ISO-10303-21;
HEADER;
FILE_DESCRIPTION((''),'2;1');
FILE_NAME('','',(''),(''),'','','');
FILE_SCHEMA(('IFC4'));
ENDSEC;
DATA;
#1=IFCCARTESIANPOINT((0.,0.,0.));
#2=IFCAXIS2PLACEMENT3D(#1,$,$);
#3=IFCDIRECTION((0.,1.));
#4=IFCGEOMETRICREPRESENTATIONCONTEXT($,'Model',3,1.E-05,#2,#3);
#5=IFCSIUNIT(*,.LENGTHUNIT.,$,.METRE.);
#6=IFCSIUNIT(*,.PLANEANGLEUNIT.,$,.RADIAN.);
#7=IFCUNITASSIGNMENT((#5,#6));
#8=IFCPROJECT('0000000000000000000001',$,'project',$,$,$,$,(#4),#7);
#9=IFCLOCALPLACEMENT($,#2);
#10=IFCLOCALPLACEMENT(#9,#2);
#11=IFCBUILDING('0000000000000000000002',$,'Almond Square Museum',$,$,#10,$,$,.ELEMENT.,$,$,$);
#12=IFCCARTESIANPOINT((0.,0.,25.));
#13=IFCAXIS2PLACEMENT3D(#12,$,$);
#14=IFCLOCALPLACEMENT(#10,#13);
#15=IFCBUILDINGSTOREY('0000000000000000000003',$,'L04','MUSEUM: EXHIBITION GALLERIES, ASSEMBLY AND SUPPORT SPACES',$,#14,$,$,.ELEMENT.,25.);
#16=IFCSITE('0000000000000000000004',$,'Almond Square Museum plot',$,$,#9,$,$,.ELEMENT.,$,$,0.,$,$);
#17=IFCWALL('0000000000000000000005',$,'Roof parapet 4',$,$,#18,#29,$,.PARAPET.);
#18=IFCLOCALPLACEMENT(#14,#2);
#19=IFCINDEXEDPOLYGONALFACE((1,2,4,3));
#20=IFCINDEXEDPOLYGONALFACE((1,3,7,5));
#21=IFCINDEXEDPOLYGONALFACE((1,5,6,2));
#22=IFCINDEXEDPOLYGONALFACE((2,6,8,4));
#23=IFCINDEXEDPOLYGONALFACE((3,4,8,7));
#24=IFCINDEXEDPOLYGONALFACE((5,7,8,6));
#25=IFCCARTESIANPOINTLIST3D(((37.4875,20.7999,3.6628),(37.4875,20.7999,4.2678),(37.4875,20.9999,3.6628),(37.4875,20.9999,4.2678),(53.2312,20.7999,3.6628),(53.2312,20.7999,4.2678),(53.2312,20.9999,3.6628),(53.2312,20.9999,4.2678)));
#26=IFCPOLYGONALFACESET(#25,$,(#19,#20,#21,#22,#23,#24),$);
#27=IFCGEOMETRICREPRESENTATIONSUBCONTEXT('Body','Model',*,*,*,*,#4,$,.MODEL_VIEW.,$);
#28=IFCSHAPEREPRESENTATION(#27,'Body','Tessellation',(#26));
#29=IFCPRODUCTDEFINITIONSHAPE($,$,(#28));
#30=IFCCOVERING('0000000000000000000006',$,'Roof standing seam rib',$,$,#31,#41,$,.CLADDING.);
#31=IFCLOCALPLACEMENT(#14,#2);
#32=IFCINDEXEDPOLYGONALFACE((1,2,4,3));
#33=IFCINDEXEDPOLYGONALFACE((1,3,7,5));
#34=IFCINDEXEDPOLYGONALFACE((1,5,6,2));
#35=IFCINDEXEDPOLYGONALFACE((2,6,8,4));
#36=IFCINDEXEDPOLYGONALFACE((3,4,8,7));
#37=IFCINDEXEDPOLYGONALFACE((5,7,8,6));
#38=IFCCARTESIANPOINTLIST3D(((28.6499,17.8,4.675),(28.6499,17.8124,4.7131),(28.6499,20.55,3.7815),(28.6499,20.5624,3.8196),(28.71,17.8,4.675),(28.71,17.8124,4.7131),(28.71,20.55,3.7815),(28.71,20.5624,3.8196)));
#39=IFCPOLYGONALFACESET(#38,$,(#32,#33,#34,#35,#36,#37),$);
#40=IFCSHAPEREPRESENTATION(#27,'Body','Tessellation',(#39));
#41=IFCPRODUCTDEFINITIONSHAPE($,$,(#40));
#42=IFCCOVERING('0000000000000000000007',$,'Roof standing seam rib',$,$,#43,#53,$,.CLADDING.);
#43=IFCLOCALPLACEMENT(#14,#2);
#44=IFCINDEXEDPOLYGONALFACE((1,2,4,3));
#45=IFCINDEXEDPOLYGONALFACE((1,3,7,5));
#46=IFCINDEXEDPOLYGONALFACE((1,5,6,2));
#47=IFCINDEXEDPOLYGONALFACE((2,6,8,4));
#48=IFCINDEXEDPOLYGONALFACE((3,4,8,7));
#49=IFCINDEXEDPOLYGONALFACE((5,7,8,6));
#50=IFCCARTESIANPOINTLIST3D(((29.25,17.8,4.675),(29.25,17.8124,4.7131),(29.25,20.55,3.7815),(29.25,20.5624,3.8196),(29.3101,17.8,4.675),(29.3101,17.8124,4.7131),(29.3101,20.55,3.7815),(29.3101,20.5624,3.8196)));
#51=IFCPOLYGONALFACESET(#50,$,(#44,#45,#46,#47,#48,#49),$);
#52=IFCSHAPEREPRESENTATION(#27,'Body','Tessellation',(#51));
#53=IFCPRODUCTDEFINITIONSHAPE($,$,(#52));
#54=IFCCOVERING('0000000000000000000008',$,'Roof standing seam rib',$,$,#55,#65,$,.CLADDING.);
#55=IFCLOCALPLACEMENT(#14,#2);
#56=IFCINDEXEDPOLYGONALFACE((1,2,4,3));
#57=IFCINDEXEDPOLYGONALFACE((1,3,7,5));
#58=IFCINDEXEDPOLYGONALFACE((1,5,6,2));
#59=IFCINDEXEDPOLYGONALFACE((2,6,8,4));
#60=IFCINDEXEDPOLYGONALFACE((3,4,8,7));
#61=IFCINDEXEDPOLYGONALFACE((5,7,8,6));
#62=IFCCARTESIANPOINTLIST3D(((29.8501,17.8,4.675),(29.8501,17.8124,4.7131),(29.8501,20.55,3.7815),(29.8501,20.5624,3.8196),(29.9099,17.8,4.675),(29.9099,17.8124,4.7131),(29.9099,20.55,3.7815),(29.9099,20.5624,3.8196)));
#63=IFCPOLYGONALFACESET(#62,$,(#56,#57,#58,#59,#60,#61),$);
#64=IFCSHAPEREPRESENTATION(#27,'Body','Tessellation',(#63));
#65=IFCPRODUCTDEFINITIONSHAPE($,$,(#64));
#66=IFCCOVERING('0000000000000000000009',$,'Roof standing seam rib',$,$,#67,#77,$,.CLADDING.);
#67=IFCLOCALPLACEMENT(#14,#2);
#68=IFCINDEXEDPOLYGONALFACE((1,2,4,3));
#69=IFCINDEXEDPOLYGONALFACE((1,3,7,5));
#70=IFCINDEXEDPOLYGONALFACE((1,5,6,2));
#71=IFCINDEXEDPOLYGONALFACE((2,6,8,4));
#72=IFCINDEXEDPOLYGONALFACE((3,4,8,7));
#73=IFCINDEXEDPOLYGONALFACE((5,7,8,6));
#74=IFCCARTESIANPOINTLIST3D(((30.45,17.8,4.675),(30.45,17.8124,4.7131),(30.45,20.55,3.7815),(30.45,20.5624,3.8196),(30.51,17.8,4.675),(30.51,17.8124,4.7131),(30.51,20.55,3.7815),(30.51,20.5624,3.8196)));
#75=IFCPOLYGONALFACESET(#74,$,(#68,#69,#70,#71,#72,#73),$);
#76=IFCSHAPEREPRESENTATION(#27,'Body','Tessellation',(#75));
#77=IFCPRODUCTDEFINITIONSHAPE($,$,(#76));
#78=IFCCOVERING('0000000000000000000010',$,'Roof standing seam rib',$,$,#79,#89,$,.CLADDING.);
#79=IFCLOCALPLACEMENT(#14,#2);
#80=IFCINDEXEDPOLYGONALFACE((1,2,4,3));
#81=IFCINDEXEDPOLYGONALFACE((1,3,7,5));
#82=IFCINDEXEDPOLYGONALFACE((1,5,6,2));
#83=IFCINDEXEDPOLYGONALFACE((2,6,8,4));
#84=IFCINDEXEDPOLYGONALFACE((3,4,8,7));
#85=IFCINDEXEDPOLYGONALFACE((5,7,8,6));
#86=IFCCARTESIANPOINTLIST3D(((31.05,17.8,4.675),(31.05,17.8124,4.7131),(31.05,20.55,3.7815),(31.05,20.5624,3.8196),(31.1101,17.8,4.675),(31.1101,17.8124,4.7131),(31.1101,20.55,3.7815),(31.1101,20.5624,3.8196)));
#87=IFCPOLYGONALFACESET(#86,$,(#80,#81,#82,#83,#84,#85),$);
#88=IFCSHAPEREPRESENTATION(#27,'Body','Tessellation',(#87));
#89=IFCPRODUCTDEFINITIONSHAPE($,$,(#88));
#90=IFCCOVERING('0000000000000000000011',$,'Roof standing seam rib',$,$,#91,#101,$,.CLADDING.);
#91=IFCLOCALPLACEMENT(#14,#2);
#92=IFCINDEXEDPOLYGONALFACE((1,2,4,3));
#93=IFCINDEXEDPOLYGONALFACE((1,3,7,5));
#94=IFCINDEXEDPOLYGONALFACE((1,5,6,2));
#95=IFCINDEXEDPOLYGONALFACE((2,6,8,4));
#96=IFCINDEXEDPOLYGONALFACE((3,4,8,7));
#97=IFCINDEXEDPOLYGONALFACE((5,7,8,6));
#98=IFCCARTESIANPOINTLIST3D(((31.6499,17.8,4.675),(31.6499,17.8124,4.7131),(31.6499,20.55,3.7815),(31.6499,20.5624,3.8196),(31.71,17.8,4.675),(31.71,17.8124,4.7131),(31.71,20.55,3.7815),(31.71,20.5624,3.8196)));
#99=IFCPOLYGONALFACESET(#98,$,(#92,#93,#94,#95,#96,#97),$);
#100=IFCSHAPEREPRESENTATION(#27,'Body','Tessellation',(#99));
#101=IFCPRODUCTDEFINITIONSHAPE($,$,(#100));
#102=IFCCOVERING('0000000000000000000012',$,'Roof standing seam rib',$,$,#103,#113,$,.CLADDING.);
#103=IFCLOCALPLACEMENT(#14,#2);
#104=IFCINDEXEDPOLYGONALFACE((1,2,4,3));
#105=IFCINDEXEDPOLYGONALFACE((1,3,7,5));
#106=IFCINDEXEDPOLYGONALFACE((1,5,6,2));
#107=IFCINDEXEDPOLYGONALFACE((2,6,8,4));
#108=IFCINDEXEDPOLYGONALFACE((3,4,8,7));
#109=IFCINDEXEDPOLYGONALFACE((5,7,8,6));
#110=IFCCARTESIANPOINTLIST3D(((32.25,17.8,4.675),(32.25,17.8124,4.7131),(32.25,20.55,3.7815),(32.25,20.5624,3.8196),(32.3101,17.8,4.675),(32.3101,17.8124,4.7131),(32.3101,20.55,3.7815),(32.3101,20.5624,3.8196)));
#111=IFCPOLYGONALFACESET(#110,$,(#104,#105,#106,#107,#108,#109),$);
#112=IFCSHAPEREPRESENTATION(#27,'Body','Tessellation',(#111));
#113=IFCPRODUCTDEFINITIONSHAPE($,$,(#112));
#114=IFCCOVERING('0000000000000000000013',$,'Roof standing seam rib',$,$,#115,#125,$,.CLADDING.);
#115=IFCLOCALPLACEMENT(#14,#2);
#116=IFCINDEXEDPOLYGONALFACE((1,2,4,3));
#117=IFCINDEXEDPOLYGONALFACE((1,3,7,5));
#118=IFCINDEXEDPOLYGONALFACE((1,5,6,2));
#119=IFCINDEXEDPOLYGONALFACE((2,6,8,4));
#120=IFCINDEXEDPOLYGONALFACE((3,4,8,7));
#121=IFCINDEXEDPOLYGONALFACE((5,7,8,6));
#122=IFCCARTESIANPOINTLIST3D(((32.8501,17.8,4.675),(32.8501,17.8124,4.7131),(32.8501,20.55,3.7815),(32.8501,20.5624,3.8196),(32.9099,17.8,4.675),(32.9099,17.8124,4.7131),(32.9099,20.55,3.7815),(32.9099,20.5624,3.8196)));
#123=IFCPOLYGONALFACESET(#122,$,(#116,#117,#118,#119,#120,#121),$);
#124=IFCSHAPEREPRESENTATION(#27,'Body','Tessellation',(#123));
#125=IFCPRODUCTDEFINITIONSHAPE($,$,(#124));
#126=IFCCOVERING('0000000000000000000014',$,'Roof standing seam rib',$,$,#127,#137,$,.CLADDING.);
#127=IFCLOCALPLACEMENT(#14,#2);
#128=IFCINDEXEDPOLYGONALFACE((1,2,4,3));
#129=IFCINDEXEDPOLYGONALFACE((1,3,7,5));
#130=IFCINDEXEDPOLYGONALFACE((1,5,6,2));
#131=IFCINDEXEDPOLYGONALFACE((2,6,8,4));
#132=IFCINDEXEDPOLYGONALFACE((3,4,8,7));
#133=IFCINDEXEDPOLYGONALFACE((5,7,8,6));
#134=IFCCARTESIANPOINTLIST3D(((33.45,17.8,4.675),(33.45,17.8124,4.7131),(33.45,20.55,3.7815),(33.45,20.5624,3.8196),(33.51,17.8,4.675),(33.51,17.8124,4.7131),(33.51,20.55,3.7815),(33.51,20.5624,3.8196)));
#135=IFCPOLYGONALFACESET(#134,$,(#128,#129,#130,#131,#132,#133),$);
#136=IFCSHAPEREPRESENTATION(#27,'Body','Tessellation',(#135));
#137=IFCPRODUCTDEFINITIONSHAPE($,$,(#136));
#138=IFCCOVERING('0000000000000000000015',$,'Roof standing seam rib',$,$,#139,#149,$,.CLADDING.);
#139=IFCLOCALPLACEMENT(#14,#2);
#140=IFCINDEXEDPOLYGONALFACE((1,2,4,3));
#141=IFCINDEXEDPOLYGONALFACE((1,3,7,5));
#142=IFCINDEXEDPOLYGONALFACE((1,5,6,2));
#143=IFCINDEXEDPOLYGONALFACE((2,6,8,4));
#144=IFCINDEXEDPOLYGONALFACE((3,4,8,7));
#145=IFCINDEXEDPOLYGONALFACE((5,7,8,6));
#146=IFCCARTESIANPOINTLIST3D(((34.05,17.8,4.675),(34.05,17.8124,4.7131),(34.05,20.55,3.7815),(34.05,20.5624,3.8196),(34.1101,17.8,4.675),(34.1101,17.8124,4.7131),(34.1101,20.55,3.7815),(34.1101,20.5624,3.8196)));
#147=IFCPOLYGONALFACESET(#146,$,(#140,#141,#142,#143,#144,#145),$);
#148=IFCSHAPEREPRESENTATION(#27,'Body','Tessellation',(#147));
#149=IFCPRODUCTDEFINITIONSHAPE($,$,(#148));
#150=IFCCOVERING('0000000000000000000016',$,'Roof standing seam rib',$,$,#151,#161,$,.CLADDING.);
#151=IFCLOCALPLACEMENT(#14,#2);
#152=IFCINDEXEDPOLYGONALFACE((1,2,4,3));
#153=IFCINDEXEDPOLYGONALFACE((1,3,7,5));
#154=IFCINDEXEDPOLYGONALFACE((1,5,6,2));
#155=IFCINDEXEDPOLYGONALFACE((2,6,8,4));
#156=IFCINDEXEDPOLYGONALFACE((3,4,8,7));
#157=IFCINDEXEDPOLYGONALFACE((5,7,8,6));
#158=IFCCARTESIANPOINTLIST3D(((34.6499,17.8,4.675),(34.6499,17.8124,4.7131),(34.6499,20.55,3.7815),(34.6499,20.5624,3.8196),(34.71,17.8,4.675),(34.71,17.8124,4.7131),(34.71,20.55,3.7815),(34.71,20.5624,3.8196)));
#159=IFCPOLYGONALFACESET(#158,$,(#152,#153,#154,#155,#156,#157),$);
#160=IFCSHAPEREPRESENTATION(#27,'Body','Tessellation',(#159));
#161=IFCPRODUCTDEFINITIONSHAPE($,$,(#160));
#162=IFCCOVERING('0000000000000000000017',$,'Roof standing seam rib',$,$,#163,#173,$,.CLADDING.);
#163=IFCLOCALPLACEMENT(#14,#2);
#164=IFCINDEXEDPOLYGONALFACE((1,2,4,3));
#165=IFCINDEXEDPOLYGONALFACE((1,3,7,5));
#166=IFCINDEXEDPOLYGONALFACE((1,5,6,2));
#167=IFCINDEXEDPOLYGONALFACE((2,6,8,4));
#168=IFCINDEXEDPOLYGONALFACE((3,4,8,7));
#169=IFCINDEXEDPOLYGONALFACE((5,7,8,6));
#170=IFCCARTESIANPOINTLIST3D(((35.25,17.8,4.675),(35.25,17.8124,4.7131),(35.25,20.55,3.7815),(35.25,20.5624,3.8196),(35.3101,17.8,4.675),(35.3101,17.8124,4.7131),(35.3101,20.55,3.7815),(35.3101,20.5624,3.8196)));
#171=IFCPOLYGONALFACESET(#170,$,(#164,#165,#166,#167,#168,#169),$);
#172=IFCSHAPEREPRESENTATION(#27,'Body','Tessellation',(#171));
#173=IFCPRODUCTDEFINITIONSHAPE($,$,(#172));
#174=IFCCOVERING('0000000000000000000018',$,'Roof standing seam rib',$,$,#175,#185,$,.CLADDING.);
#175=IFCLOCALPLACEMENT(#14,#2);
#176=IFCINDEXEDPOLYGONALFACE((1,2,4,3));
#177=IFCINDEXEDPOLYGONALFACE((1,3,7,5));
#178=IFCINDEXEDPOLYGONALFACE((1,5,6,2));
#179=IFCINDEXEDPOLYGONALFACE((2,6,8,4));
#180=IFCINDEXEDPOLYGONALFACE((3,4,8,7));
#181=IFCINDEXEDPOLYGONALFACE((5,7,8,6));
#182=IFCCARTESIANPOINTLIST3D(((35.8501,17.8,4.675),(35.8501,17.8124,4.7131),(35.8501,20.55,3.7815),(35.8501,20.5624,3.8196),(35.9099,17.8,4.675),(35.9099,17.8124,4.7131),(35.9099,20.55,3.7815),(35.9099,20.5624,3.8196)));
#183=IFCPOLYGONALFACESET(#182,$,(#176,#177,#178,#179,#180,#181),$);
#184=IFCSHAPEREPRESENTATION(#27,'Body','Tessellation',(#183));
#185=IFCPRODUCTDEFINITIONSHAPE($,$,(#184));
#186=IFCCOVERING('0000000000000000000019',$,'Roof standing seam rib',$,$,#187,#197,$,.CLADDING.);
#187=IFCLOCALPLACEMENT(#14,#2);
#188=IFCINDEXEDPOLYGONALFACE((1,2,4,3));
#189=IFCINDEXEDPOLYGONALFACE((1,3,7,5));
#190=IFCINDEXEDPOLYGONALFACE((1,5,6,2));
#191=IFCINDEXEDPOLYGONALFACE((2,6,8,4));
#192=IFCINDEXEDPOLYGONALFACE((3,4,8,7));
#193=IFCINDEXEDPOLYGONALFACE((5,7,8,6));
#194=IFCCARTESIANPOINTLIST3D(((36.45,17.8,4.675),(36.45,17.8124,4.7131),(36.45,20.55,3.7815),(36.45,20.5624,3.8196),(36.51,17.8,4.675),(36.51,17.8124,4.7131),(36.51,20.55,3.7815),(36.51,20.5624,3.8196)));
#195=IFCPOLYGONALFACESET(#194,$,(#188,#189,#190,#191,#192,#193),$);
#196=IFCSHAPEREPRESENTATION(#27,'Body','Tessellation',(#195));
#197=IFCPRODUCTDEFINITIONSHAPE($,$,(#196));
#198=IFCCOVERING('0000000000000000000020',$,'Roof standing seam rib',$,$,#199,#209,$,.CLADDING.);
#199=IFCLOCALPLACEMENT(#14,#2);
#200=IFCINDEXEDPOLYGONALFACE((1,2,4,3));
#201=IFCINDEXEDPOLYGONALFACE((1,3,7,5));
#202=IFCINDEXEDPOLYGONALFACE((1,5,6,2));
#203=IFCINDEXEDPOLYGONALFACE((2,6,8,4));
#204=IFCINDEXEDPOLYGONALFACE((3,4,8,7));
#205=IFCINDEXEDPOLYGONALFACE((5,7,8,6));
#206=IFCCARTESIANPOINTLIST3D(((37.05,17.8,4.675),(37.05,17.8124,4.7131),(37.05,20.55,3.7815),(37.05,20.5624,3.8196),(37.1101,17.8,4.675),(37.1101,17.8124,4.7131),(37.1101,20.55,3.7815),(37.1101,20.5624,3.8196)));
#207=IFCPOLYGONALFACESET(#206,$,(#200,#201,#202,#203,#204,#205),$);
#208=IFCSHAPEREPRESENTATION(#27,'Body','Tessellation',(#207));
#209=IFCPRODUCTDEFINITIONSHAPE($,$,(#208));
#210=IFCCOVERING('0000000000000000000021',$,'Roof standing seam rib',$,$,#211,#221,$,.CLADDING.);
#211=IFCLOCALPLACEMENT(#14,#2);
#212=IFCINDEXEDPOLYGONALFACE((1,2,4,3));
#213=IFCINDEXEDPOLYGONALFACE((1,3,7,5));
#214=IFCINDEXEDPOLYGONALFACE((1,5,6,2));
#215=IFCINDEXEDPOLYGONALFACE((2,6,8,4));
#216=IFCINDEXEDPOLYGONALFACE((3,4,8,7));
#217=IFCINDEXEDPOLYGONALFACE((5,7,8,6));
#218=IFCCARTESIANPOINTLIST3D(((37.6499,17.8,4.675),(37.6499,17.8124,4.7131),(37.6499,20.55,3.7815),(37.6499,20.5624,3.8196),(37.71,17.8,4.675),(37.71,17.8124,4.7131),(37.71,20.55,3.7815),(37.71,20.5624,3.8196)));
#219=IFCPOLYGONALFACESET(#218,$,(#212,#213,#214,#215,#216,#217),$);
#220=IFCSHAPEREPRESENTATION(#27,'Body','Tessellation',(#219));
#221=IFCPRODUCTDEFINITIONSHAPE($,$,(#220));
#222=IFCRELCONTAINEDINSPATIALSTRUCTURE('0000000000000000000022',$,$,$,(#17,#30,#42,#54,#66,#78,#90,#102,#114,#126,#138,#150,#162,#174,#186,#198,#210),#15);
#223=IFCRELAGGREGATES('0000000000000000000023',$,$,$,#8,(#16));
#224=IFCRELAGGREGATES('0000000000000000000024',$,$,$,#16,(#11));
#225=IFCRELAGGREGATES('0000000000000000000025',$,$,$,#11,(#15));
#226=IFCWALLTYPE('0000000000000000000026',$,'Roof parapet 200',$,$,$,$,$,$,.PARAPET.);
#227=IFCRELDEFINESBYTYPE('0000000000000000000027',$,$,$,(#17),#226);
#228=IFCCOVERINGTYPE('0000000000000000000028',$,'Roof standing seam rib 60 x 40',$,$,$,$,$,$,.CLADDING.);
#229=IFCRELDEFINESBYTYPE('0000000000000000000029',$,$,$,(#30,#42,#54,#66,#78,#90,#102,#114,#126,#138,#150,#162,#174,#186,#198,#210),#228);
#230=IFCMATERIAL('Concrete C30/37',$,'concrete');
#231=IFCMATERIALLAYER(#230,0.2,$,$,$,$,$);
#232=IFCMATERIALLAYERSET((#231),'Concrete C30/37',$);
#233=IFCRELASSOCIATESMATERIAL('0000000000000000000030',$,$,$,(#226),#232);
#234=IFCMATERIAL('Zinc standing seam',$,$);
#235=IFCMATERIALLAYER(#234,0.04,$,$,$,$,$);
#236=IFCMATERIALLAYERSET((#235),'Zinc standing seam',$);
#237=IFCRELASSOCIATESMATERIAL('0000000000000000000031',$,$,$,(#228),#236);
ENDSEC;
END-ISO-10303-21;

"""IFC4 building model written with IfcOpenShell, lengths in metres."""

from ifc_helpers import new_model, si_unit, direction, frame, frame_2d, origin, place, context, subcontext, project, spatial, polyline, rectangle, outline, extrude, material, layer, layer_set, type_object, element, save


model = new_model("IFC4")

# Units and contexts
model_context = context("Model", 3, precision=1e-05, world=origin(), true_north=direction((0.0, 1.0)))
body_context = subcontext(model_context, "Body", "Model", "MODEL_VIEW")
ifc_project = project(units=[si_unit("LENGTHUNIT", "METRE"), si_unit("PLANEANGLEUNIT", "RADIAN")], contexts=[model_context])

# Site, building, storey
site_placement = place(None, origin())
site = spatial("IfcSite", under=ifc_project, at=site_placement, Name="Almond Square Museum plot", CompositionType="ELEMENT", RefElevation=0.0)
building_placement = place(site_placement, origin())
building = spatial("IfcBuilding", under=site, at=building_placement, Name="Almond Square Museum", CompositionType="ELEMENT")
storey_placement = place(building_placement, frame((0.0, 0.0, 25.0)))
storey = spatial("IfcBuildingStorey", under=building, at=storey_placement, Name="L04", Description="MUSEUM: EXHIBITION GALLERIES, ASSEMBLY AND SUPPORT SPACES", CompositionType="ELEMENT", Elevation=25.0)

# Wall
ifc_material_1 = material(Name="Concrete C30/37", Category="concrete")
ifc_layer_1 = layer(ifc_material_1, 0.2)
ifc_layer_set_1 = layer_set([ifc_layer_1], Name="Concrete C30/37")
wall_type = type_object("IfcWallType", Name="Roof parapet 200", PredefinedType="PARAPET", material=ifc_layer_set_1)
wall_placement = place(storey_placement, frame((37.4875, 20.8999, 3.6628), z_axis=(0.0, 0.0, 1.0), x_axis=(1.0, 0.0, 0.0)))
element("IfcWall", 1, at=wall_placement, inside=storey, type_object=wall_type, Name="Roof parapet 4", PredefinedType="PARAPET", context=body_context, shape_type="SweptSolid", body=[
    extrude(rectangle(XDim=15.7437, YDim=0.2, at=frame_2d((7.8718, 0.0))), origin(), (0.0, 0.0, 1.0), 0.605),
])

# Coverings
ifc_material_2 = material(Name="Zinc standing seam")
ifc_layer_2 = layer(ifc_material_2, 0.04)
ifc_layer_set_2 = layer_set([ifc_layer_2], Name="Zinc standing seam")
covering_type = type_object("IfcCoveringType", Name="Roof standing seam rib 60 x 40", PredefinedType="CLADDING", material=ifc_layer_set_2)
for number, where, z_axis, x_axis, name in (
    (2, (28.71, 17.8, 4.675), (0.0, 0.309025, 0.951054), (0.0, 0.951054, -0.309025), "Roof standing seam rib"),
    (3, (29.3101, 17.8, 4.675), (0.0, 0.309025, 0.951054), (0.0, 0.951054, -0.309025), "Roof standing seam rib"),
):
    element("IfcCovering", number, at=place(storey_placement, frame(where, z_axis=z_axis, x_axis=x_axis)), inside=storey, type_object=covering_type, Name=name, PredefinedType="CLADDING", context=body_context, shape_type="SweptSolid", body=[
        extrude(outline(polyline([(0.0, 0.0), (2.8915, 0.0), (2.8915, 0.0601), (0.0, 0.0601), (0.0, 0.0)])), origin(), (0.0, 0.0, 1.0), 0.04),
    ])
covering_1_placement = place(storey_placement, frame((29.9099, 17.8, 4.675), z_axis=(0.0, 0.309025, 0.951054), x_axis=(0.0, 0.951054, -0.309025)))
element("IfcCovering", 4, at=covering_1_placement, inside=storey, type_object=covering_type, Name="Roof standing seam rib", PredefinedType="CLADDING", context=body_context, shape_type="SweptSolid", body=[
    extrude(outline(polyline([(0.0, 0.0), (2.8915, 0.0), (2.8915, 0.0598), (0.0, 0.0598), (0.0, 0.0)])), origin(), (0.0, 0.0, 1.0), 0.04),
])
for number, where, z_axis, x_axis, name in (
    (5, (30.51, 17.8, 4.675), (0.0, 0.309025, 0.951054), (0.0, 0.951054, -0.309025), "Roof standing seam rib"),
    (6, (31.1101, 17.8, 4.675), (0.0, 0.309025, 0.951054), (0.0, 0.951054, -0.309025), "Roof standing seam rib"),
    (7, (31.71, 17.8, 4.675), (0.0, 0.309025, 0.951054), (0.0, 0.951054, -0.309025), "Roof standing seam rib"),
    (8, (32.3101, 17.8, 4.675), (0.0, 0.309025, 0.951054), (0.0, 0.951054, -0.309025), "Roof standing seam rib"),
):
    element("IfcCovering", number, at=place(storey_placement, frame(where, z_axis=z_axis, x_axis=x_axis)), inside=storey, type_object=covering_type, Name=name, PredefinedType="CLADDING", context=body_context, shape_type="SweptSolid", body=[
        extrude(outline(polyline([(0.0, 0.0), (2.8915, 0.0), (2.8915, 0.0601), (0.0, 0.0601), (0.0, 0.0)])), origin(), (0.0, 0.0, 1.0), 0.04),
    ])
covering_2_placement = place(storey_placement, frame((32.9099, 17.8, 4.675), z_axis=(0.0, 0.309025, 0.951054), x_axis=(0.0, 0.951054, -0.309025)))
element("IfcCovering", 9, at=covering_2_placement, inside=storey, type_object=covering_type, Name="Roof standing seam rib", PredefinedType="CLADDING", context=body_context, shape_type="SweptSolid", body=[
    extrude(outline(polyline([(0.0, 0.0), (2.8915, 0.0), (2.8915, 0.0598), (0.0, 0.0598), (0.0, 0.0)])), origin(), (0.0, 0.0, 1.0), 0.04),
])
for number, where, z_axis, x_axis, name in (
    (10, (33.51, 17.8, 4.675), (0.0, 0.309025, 0.951054), (0.0, 0.951054, -0.309025), "Roof standing seam rib"),
    (11, (34.1101, 17.8, 4.675), (0.0, 0.309025, 0.951054), (0.0, 0.951054, -0.309025), "Roof standing seam rib"),
    (12, (34.71, 17.8, 4.675), (0.0, 0.309025, 0.951054), (0.0, 0.951054, -0.309025), "Roof standing seam rib"),
    (13, (35.3101, 17.8, 4.675), (0.0, 0.309025, 0.951054), (0.0, 0.951054, -0.309025), "Roof standing seam rib"),
):
    element("IfcCovering", number, at=place(storey_placement, frame(where, z_axis=z_axis, x_axis=x_axis)), inside=storey, type_object=covering_type, Name=name, PredefinedType="CLADDING", context=body_context, shape_type="SweptSolid", body=[
        extrude(outline(polyline([(0.0, 0.0), (2.8915, 0.0), (2.8915, 0.0601), (0.0, 0.0601), (0.0, 0.0)])), origin(), (0.0, 0.0, 1.0), 0.04),
    ])
covering_3_placement = place(storey_placement, frame((35.9099, 17.8, 4.675), z_axis=(0.0, 0.309025, 0.951054), x_axis=(0.0, 0.951054, -0.309025)))
element("IfcCovering", 14, at=covering_3_placement, inside=storey, type_object=covering_type, Name="Roof standing seam rib", PredefinedType="CLADDING", context=body_context, shape_type="SweptSolid", body=[
    extrude(outline(polyline([(0.0, 0.0), (2.8915, 0.0), (2.8915, 0.0598), (0.0, 0.0598), (0.0, 0.0)])), origin(), (0.0, 0.0, 1.0), 0.04),
])
for number, where, z_axis, x_axis, name in (
    (15, (36.51, 17.8, 4.675), (0.0, 0.309025, 0.951054), (0.0, 0.951054, -0.309025), "Roof standing seam rib"),
    (16, (37.1101, 17.8, 4.675), (0.0, 0.309025, 0.951054), (0.0, 0.951054, -0.309025), "Roof standing seam rib"),
    (17, (37.71, 17.8, 4.675), (0.0, 0.309025, 0.951054), (0.0, 0.951054, -0.309025), "Roof standing seam rib"),
):
    element("IfcCovering", number, at=place(storey_placement, frame(where, z_axis=z_axis, x_axis=x_axis)), inside=storey, type_object=covering_type, Name=name, PredefinedType="CLADDING", context=body_context, shape_type="SweptSolid", body=[
        extrude(outline(polyline([(0.0, 0.0), (2.8915, 0.0), (2.8915, 0.0601), (0.0, 0.0601), (0.0, 0.0)])), origin(), (0.0, 0.0, 1.0), 0.04),
    ])

save(model, "model.ifc")
